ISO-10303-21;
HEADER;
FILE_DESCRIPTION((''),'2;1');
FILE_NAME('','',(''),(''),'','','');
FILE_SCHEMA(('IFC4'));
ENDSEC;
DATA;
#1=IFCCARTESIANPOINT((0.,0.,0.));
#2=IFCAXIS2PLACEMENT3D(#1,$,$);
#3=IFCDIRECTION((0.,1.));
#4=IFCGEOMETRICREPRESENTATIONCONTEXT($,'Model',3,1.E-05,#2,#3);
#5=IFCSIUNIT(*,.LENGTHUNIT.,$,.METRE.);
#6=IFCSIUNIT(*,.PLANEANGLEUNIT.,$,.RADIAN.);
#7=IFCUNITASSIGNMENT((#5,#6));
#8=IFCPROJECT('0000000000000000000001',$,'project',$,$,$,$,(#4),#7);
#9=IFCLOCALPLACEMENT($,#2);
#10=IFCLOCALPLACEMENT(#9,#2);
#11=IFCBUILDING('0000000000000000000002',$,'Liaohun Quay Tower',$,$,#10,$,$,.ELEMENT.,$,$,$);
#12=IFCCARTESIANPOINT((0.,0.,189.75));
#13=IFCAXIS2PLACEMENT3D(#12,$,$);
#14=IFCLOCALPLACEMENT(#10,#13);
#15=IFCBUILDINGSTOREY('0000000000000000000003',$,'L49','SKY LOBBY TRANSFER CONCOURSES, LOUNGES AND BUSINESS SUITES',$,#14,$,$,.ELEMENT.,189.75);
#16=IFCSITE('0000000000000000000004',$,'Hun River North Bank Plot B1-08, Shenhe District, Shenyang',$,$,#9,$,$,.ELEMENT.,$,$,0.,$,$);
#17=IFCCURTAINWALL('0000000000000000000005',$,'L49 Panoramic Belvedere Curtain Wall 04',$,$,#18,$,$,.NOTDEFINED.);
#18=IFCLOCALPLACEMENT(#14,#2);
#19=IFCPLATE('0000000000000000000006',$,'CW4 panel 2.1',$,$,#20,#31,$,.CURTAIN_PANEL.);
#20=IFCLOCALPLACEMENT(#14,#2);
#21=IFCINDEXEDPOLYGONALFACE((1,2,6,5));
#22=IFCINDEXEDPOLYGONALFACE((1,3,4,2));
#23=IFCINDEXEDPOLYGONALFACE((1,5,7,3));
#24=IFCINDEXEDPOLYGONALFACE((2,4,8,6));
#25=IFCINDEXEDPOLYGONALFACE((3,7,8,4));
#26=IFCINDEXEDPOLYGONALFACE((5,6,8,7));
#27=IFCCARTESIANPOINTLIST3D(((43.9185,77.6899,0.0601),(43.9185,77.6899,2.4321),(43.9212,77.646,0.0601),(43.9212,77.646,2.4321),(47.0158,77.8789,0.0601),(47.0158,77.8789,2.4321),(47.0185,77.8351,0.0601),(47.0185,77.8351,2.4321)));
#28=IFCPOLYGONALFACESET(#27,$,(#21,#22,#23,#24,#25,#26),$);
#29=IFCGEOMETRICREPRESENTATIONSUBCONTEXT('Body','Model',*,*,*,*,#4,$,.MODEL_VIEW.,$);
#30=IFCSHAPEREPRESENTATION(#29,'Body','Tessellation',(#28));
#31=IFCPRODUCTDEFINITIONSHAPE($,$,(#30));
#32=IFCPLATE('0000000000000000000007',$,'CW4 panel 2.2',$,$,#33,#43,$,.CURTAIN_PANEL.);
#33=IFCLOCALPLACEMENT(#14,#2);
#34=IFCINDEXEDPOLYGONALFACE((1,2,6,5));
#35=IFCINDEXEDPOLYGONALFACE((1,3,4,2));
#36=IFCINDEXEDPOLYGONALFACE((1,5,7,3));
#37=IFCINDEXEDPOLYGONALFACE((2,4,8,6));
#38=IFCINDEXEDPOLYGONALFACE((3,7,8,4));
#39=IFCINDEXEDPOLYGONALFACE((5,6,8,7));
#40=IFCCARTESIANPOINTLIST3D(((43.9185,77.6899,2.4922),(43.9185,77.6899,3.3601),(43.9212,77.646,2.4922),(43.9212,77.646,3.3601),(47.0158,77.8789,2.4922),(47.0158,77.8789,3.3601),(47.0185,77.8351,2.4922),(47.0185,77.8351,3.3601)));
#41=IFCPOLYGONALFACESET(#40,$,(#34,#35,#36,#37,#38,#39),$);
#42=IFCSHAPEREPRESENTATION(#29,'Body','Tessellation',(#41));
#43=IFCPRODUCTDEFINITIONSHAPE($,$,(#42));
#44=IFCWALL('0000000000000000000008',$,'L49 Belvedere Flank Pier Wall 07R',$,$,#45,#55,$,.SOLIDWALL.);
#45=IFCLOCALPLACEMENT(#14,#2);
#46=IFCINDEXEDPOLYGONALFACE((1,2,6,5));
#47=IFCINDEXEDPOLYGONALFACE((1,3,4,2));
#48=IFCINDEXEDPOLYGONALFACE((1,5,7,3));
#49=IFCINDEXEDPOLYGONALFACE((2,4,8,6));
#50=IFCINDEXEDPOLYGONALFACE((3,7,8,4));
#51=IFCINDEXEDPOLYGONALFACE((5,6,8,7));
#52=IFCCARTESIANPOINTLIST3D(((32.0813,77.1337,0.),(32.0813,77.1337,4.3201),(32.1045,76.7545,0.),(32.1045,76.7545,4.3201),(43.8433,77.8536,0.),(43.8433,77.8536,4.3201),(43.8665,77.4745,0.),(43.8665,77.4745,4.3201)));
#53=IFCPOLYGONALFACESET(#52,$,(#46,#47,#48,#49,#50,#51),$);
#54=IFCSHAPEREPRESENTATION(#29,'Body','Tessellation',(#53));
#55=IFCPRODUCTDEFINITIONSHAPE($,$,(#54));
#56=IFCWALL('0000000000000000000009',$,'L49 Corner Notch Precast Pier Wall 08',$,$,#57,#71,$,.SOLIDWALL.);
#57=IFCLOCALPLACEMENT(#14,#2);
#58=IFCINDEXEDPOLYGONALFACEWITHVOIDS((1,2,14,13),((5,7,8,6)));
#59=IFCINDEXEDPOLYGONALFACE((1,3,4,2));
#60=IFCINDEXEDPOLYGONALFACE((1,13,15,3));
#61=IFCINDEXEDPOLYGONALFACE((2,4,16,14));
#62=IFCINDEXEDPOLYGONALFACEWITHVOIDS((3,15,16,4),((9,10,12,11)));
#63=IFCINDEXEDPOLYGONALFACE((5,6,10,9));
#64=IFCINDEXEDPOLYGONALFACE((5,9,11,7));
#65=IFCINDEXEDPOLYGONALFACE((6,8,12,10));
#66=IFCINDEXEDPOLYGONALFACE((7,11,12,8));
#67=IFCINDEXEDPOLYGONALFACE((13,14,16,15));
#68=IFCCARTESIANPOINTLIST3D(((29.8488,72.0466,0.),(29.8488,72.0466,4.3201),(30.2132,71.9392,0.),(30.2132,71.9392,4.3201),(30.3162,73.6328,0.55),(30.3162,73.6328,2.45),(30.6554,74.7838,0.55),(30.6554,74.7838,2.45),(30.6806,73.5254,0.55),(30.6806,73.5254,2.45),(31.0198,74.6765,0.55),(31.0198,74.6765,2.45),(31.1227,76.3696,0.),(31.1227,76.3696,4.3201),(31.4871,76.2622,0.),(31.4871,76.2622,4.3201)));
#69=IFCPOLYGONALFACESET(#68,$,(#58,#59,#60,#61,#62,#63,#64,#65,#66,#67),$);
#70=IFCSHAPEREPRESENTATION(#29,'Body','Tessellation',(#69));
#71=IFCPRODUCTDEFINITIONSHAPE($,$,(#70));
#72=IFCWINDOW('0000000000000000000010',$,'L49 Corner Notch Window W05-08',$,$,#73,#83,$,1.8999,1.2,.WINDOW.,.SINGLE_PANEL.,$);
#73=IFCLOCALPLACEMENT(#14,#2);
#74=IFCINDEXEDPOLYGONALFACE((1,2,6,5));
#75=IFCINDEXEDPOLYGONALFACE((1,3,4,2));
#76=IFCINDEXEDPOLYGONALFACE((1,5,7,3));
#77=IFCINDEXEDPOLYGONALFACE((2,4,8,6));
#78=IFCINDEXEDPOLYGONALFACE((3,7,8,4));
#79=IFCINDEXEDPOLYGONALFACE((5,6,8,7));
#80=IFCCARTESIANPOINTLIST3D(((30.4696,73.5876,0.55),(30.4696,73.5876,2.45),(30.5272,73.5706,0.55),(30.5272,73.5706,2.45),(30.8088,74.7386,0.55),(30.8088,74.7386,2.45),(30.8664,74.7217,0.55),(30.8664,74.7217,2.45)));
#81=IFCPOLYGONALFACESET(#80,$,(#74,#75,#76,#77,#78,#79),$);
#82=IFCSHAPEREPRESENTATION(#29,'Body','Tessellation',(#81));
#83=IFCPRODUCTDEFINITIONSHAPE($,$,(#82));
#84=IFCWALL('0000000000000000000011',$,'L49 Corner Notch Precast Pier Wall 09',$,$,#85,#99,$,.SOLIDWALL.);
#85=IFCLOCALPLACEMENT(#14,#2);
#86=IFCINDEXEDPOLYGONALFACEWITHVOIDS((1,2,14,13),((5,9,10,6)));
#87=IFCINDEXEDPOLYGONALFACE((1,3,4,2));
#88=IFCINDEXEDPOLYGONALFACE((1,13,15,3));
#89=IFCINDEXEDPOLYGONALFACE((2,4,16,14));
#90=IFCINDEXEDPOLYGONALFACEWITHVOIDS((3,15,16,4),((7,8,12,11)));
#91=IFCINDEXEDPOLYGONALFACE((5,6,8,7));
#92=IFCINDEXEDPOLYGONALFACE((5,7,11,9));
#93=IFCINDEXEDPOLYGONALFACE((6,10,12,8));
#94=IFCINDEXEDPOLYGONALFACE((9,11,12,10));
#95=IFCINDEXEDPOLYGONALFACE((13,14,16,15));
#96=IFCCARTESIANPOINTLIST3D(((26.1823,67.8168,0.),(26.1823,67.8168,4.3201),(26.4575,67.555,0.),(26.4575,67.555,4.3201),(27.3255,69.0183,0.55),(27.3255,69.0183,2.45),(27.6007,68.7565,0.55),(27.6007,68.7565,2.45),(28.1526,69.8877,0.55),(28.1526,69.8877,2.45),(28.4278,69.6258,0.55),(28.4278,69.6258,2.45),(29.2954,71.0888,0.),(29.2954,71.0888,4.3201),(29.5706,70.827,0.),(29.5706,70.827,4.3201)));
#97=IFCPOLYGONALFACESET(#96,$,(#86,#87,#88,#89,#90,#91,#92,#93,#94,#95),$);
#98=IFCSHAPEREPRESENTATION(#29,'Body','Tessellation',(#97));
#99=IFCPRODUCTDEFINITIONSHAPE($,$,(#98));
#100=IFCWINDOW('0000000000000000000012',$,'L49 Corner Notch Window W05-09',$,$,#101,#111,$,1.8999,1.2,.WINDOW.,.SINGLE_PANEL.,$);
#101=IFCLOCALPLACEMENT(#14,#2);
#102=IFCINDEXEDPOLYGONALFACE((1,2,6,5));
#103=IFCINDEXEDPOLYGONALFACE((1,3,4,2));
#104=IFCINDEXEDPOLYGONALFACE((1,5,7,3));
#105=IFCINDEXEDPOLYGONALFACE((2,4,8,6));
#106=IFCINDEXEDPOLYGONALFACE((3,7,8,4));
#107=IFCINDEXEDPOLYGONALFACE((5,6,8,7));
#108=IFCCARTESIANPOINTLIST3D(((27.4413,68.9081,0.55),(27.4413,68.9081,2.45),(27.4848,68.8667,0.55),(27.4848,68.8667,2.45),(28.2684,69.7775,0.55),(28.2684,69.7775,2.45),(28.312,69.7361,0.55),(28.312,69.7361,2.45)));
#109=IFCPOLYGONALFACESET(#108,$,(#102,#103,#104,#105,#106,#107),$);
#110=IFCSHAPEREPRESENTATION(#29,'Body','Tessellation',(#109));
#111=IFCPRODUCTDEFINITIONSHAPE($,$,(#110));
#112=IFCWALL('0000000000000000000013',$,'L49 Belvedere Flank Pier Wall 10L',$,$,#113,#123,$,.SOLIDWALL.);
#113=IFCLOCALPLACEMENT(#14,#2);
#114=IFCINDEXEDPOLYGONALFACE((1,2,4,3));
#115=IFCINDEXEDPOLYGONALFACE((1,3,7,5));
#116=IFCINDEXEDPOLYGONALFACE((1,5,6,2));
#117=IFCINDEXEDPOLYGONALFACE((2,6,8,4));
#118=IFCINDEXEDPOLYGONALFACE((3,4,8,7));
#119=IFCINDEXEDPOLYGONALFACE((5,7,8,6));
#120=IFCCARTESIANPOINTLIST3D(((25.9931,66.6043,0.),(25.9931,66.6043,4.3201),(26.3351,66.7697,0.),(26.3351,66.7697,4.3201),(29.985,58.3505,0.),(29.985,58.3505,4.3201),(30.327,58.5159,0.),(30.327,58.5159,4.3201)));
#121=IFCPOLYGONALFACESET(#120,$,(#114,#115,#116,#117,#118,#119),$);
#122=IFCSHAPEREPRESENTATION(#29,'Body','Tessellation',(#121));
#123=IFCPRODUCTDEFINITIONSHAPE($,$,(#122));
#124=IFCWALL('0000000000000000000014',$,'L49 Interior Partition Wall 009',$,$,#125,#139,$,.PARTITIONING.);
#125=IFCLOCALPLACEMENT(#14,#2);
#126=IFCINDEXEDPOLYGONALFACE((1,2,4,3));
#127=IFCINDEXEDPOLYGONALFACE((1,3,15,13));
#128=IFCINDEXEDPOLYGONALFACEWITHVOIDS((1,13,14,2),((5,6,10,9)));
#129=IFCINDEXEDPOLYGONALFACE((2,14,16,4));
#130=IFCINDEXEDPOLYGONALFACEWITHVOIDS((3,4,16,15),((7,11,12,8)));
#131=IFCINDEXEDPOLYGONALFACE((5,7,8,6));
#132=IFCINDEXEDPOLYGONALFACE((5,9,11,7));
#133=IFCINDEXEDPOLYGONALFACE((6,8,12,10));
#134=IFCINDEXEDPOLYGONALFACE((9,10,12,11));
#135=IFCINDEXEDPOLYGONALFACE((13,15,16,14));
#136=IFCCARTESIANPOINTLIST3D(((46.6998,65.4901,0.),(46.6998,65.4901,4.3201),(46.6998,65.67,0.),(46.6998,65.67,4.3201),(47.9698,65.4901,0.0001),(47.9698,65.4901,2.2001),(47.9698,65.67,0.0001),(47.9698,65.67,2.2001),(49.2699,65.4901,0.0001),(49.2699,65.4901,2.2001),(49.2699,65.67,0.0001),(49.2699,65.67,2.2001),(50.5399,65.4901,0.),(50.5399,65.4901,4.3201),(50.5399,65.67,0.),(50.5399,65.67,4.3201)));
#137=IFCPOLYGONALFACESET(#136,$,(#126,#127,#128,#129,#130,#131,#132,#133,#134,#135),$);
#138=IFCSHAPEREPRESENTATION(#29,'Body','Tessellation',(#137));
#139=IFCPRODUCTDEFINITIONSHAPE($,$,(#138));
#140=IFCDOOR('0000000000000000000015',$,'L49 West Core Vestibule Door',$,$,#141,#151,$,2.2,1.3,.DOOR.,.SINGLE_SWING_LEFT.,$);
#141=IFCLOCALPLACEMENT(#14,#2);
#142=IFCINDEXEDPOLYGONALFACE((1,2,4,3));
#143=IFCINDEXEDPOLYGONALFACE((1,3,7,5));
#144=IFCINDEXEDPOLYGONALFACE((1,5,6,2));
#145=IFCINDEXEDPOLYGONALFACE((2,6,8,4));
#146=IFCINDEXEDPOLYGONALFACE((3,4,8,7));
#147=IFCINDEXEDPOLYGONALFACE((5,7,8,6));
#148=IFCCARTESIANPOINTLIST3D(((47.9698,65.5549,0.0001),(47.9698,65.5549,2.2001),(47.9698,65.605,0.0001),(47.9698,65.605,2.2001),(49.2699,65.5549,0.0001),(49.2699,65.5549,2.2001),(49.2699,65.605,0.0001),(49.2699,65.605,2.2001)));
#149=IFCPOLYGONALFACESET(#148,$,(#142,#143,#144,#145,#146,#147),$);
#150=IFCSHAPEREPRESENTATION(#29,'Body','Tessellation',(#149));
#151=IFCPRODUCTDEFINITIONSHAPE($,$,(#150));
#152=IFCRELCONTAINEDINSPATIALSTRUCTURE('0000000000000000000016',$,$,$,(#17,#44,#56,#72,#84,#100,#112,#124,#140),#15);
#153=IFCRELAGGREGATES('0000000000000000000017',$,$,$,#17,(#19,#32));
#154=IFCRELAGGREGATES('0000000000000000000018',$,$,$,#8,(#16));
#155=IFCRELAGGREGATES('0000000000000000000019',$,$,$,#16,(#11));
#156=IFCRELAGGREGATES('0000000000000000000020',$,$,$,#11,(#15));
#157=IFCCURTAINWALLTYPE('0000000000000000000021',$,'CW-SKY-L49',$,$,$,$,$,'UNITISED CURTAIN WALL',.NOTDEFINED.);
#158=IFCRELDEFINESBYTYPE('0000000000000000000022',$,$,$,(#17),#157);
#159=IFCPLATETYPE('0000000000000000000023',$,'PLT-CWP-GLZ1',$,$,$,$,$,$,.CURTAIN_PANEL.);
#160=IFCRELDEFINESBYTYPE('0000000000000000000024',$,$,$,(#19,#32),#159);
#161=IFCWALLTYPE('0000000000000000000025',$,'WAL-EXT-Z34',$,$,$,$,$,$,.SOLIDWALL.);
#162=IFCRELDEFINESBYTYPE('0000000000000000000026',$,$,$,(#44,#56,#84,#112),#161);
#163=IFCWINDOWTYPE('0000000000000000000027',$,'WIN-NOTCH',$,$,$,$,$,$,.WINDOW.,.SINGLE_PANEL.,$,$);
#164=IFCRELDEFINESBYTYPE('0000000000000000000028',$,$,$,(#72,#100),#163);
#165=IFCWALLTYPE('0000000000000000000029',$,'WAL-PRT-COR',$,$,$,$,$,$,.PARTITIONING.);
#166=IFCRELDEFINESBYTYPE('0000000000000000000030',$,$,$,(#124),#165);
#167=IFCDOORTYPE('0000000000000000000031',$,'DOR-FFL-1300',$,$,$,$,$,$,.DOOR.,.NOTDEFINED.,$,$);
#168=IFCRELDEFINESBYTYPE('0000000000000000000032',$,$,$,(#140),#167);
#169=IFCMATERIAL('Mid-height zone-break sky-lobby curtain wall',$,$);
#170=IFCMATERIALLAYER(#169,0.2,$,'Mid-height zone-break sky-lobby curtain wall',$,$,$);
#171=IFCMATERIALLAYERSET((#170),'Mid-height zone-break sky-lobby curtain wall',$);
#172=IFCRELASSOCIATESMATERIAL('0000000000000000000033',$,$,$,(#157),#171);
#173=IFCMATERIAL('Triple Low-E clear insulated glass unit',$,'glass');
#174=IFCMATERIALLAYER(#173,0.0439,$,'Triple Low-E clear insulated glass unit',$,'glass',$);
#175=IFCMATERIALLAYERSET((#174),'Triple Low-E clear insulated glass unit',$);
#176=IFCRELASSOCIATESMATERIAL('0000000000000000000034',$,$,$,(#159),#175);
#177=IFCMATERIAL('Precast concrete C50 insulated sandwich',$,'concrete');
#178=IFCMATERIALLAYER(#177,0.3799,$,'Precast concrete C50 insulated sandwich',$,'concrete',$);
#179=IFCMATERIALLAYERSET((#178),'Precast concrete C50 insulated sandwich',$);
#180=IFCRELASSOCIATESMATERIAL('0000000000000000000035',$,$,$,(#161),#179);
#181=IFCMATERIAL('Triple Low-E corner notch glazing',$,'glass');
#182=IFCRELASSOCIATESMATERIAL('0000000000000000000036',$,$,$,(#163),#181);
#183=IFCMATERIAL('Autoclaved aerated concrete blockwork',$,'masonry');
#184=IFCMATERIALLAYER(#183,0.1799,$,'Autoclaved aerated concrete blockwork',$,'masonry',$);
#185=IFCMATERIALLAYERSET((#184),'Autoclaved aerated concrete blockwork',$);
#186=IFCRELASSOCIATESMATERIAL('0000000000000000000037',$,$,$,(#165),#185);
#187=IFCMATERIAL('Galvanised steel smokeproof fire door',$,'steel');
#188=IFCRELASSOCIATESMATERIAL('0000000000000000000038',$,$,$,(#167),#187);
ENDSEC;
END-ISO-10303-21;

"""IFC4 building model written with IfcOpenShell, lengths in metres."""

from ifc_helpers import new_model, si_unit, direction, frame, frame_2d, origin, origin_2d, place, context, subcontext, project, spatial, rectangle, extrude, source, transform, mapped, material, layer, layer_set, type_object, element, fill, aggregate, save


model = new_model("IFC4")

# Units and contexts
model_context = context("Model", 3, precision=1e-05, world=origin(), true_north=direction((0.0, 1.0)))
body_context = subcontext(model_context, "Body", "Model", "MODEL_VIEW")
ifc_project = project(units=[si_unit("LENGTHUNIT", "METRE"), si_unit("PLANEANGLEUNIT", "RADIAN")], contexts=[model_context])

# Site, building, storey
site_placement = place(None, origin())
site = spatial("IfcSite", under=ifc_project, at=site_placement, Name="Hun River North Bank Plot B1-08, Shenhe District, Shenyang", CompositionType="ELEMENT", RefElevation=0.0)
building_placement = place(site_placement, origin())
building = spatial("IfcBuilding", under=site, at=building_placement, Name="Liaohun Quay Tower", CompositionType="ELEMENT")
storey_placement = place(building_placement, frame((0.0, 0.0, 189.75)))
storey = spatial("IfcBuildingStorey", under=building, at=storey_placement, Name="L49", Description="SKY LOBBY TRANSFER CONCOURSES, LOUNGES AND BUSINESS SUITES", CompositionType="ELEMENT", Elevation=189.75)

# Curtain wall, plates
ifc_material_1 = material(Name="Mid-height zone-break sky-lobby curtain wall")
ifc_layer_1 = layer(ifc_material_1, 0.2, Name="Mid-height zone-break sky-lobby curtain wall")
ifc_layer_set_1 = layer_set([ifc_layer_1], Name="Mid-height zone-break sky-lobby curtain wall")
curtain_wall_type = type_object("IfcCurtainWallType", Name="CW-SKY-L49", ElementType="UNITISED CURTAIN WALL", PredefinedType="NOTDEFINED", material=ifc_layer_set_1)
curtain_wall_placement = place(storey_placement, origin())
curtain_wall = element("IfcCurtainWall", 1, at=curtain_wall_placement, inside=storey, type_object=curtain_wall_type, Name="L49 Panoramic Belvedere Curtain Wall 04", PredefinedType="NOTDEFINED")
ifc_material_2 = material(Name="Triple Low-E clear insulated glass unit", Category="glass")
ifc_layer_2 = layer(ifc_material_2, 0.0439, Name="Triple Low-E clear insulated glass unit", Category="glass")
ifc_layer_set_2 = layer_set([ifc_layer_2], Name="Triple Low-E clear insulated glass unit")
plate_type = type_object("IfcPlateType", Name="PLT-CWP-GLZ1", PredefinedType="CURTAIN_PANEL", material=ifc_layer_set_2)
shared_shape_1 = source(origin(), body_context, "Body", "SweptSolid", [
    extrude(rectangle(XDim=3.103, YDim=0.0439, at=origin_2d()), origin(), (0.0, 0.0, 1.0), 2.3721),
])
plate_1_placement = place(storey_placement, frame((45.4685, 77.7625, 0.0601), z_axis=(0.0, 0.0, 1.0), x_axis=(-0.998142, -0.060929, 0.0)))
plate_1 = element("IfcPlate", 2, at=plate_1_placement, type_object=plate_type, Name="CW4 panel 2.1", PredefinedType="CURTAIN_PANEL", context=body_context, shape_type="MappedRepresentation", body=[
    mapped(shared_shape_1, transform((0.0, 0.0, 0.0), x_axis=(1.0, 0.0, 0.0), y_axis=(0.0, 1.0, 0.0), z_axis=(0.0, 0.0, 1.0), scale=1.0)),
])
shared_shape_2 = source(origin(), body_context, "Body", "SweptSolid", [
    extrude(rectangle(XDim=3.103, YDim=0.0439, at=origin_2d()), origin(), (0.0, 0.0, 1.0), 0.8679),
])
plate_2_placement = place(storey_placement, frame((45.4685, 77.7625, 2.4922), z_axis=(0.0, 0.0, 1.0), x_axis=(-0.998142, -0.060929, 0.0)))
plate_2 = element("IfcPlate", 3, at=plate_2_placement, type_object=plate_type, Name="CW4 panel 2.2", PredefinedType="CURTAIN_PANEL", context=body_context, shape_type="MappedRepresentation", body=[
    mapped(shared_shape_2, transform((0.0, 0.0, 0.0), x_axis=(1.0, 0.0, 0.0), y_axis=(0.0, 1.0, 0.0), z_axis=(0.0, 0.0, 1.0), scale=1.0)),
])
aggregate(curtain_wall, [plate_1, plate_2])

# Wall
ifc_material_3 = material(Name="Precast concrete C50 insulated sandwich", Category="concrete")
ifc_layer_3 = layer(ifc_material_3, 0.3799, Name="Precast concrete C50 insulated sandwich", Category="concrete")
ifc_layer_set_3 = layer_set([ifc_layer_3], Name="Precast concrete C50 insulated sandwich")
wall_type_1 = type_object("IfcWallType", Name="WAL-EXT-Z34", PredefinedType="SOLIDWALL", material=ifc_layer_set_3)
wall_1_placement = place(storey_placement, frame((43.855, 77.6641, 0.0), z_axis=(0.0, 0.0, 1.0), x_axis=(-0.998132, -0.061097, 0.0)))
element("IfcWall", 4, at=wall_1_placement, inside=storey, type_object=wall_type_1, Name="L49 Belvedere Flank Pier Wall 07R", PredefinedType="SOLIDWALL", context=body_context, shape_type="SweptSolid", body=[
    extrude(rectangle(XDim=11.7839, YDim=0.3799, at=frame_2d((5.8921, 0.0))), origin(), (0.0, 0.0, 1.0), 4.3201),
])

# Walls, openings, windows
wall_2_placement = place(storey_placement, frame((31.3049, 76.3159, 0.0), z_axis=(0.0, 0.0, 1.0), x_axis=(-0.282668, -0.959218, 0.0)))
wall_2 = element("IfcWall", 5, at=wall_2_placement, inside=storey, type_object=wall_type_1, Name="L49 Corner Notch Precast Pier Wall 08", PredefinedType="SOLIDWALL", context=body_context, shape_type="SweptSolid", body=[
    extrude(rectangle(XDim=4.5068, YDim=0.3799, at=frame_2d((2.2534, 0.0))), origin(), (0.0, 0.0, 1.0), 4.3201),
])
shared_shape_3 = source(origin(), body_context, "Body", "SweptSolid", [
    extrude(rectangle(XDim=1.2, YDim=1.8999, at=frame_2d((0.6001, 0.95))), frame((0.0, 0.2, 0.0), z_axis=(0.0, -1.0, 0.0), x_axis=(1.0, 0.0, 0.0)), (0.0, 0.0, 1.0), 0.3999),
])
opening_1_placement = place(wall_2_placement, frame((1.6531, 0.0, 0.55)))
opening_1 = element("IfcOpeningElement", 6, at=opening_1_placement, cuts=wall_2, PredefinedType="OPENING", context=body_context, shape_type="MappedRepresentation", body=[
    mapped(shared_shape_3, transform((0.0, 0.0, 0.0), x_axis=(1.0, 0.0, 0.0), y_axis=(0.0, 1.0, 0.0), z_axis=(0.0, 0.0, 1.0), scale=1.0)),
])
ifc_material_4 = material(Name="Triple Low-E corner notch glazing", Category="glass")
window_type = type_object("IfcWindowType", Name="WIN-NOTCH", PartitioningType="SINGLE_PANEL", PredefinedType="WINDOW", material=ifc_material_4)
shared_shape_4 = source(origin(), body_context, "Body", "SweptSolid", [
    extrude(rectangle(XDim=1.2, YDim=1.8999, at=frame_2d((0.6001, 0.95))), frame((0.0, 0.03, 0.0), z_axis=(0.0, -1.0, 0.0), x_axis=(1.0, 0.0, 0.0)), (0.0, 0.0, 1.0), 0.0601),
])
window_1_placement = place(opening_1_placement, origin())
window_1 = element("IfcWindow", 7, at=window_1_placement, inside=storey, type_object=window_type, Name="L49 Corner Notch Window W05-08", OverallHeight=1.8999, OverallWidth=1.2, PartitioningType="SINGLE_PANEL", PredefinedType="WINDOW", context=body_context, shape_type="MappedRepresentation", body=[
    mapped(shared_shape_4, transform((0.0, 0.0, 0.0), x_axis=(1.0, 0.0, 0.0), y_axis=(0.0, 1.0, 0.0), z_axis=(0.0, 0.0, 1.0), scale=1.0)),
])
fill(opening_1, window_1)
wall_3_placement = place(storey_placement, frame((29.4331, 70.958, 0.0), z_axis=(0.0, 0.0, 1.0), x_axis=(-0.689292, -0.724484, 0.0)))
wall_3 = element("IfcWall", 8, at=wall_3_placement, inside=storey, type_object=wall_type_1, Name="L49 Corner Notch Precast Pier Wall 09", PredefinedType="SOLIDWALL", context=body_context, shape_type="SweptSolid", body=[
    extrude(rectangle(XDim=4.5164, YDim=0.3799, at=frame_2d((2.2583, 0.0))), origin(), (0.0, 0.0, 1.0), 4.3201),
])
opening_2_placement = place(wall_3_placement, frame((1.658, 0.0, 0.55)))
opening_2 = element("IfcOpeningElement", 9, at=opening_2_placement, cuts=wall_3, PredefinedType="OPENING", context=body_context, shape_type="MappedRepresentation", body=[
    mapped(shared_shape_3, transform((0.0, 0.0, 0.0), x_axis=(1.0, 0.0, 0.0), y_axis=(0.0, 1.0, 0.0), z_axis=(0.0, 0.0, 1.0), scale=1.0)),
])
window_2_placement = place(opening_2_placement, origin())
window_2 = element("IfcWindow", 10, at=window_2_placement, inside=storey, type_object=window_type, Name="L49 Corner Notch Window W05-09", OverallHeight=1.8999, OverallWidth=1.2, PartitioningType="SINGLE_PANEL", PredefinedType="WINDOW", context=body_context, shape_type="MappedRepresentation", body=[
    mapped(shared_shape_4, transform((0.0, 0.0, 0.0), x_axis=(1.0, 0.0, 0.0), y_axis=(0.0, 1.0, 0.0), z_axis=(0.0, 0.0, 1.0), scale=1.0)),
])
fill(opening_2, window_2)

# Wall
wall_4_placement = place(storey_placement, frame((26.1641, 66.687, 0.0), z_axis=(0.0, 0.0, 1.0), x_axis=(0.435395, -0.90024, 0.0)))
element("IfcWall", 11, at=wall_4_placement, inside=storey, type_object=wall_type_1, Name="L49 Belvedere Flank Pier Wall 10L", PredefinedType="SOLIDWALL", context=body_context, shape_type="SweptSolid", body=[
    extrude(rectangle(XDim=9.1685, YDim=0.3799, at=frame_2d((4.5842, 0.0))), origin(), (0.0, 0.0, 1.0), 4.3201),
])

# Wall, opening, door
ifc_material_5 = material(Name="Autoclaved aerated concrete blockwork", Category="masonry")
ifc_layer_4 = layer(ifc_material_5, 0.1799, Name="Autoclaved aerated concrete blockwork", Category="masonry")
ifc_layer_set_4 = layer_set([ifc_layer_4], Name="Autoclaved aerated concrete blockwork")
wall_type_2 = type_object("IfcWallType", Name="WAL-PRT-COR", PredefinedType="PARTITIONING", material=ifc_layer_set_4)
wall_5_placement = place(storey_placement, frame((46.7, 65.5801, 0.0), z_axis=(0.0, 0.0, 1.0), x_axis=(1.0, 0.0, 0.0)))
wall_5 = element("IfcWall", 12, at=wall_5_placement, inside=storey, type_object=wall_type_2, Name="L49 Interior Partition Wall 009", PredefinedType="PARTITIONING", context=body_context, shape_type="SweptSolid", body=[
    extrude(rectangle(XDim=3.8401, YDim=0.1799, at=frame_2d((1.9199, 0.0))), origin(), (0.0, 0.0, 1.0), 4.3201),
])
shared_shape_5 = source(origin(), body_context, "Body", "SweptSolid", [
    extrude(rectangle(XDim=1.3, YDim=2.2, at=frame_2d((0.6499, 1.1001))), frame((0.0, 0.0999, 0.0), z_axis=(0.0, -1.0, 0.0), x_axis=(1.0, 0.0, 0.0)), (0.0, 0.0, 1.0), 0.2),
])
opening_3_placement = place(wall_5_placement, frame((1.27, 0.0, 0.0)))
opening_3 = element("IfcOpeningElement", 13, at=opening_3_placement, cuts=wall_5, PredefinedType="OPENING", context=body_context, shape_type="MappedRepresentation", body=[
    mapped(shared_shape_5, transform((0.0, 0.0, 0.0), x_axis=(1.0, 0.0, 0.0), y_axis=(0.0, 1.0, 0.0), z_axis=(0.0, 0.0, 1.0), scale=1.0)),
])
ifc_material_6 = material(Name="Galvanised steel smokeproof fire door", Category="steel")
door_type_1 = type_object("IfcDoorType", Name="DOR-FFL-1300", OperationType="NOTDEFINED", PredefinedType="DOOR", material=ifc_material_6)
shared_shape_6 = source(origin(), body_context, "Body", "SweptSolid", [
    extrude(rectangle(XDim=1.3, YDim=2.2, at=frame_2d((0.6499, 1.1001))), frame((0.0, 0.0249, 0.0), z_axis=(0.0, -1.0, 0.0), x_axis=(1.0, 0.0, 0.0)), (0.0, 0.0, 1.0), 0.05),
])
door_1_placement = place(opening_3_placement, origin())
door_1 = element("IfcDoor", 14, at=door_1_placement, inside=storey, type_object=door_type_1, Name="L49 West Core Vestibule Door", OperationType="SINGLE_SWING_LEFT", OverallHeight=2.2, OverallWidth=1.3, PredefinedType="DOOR", context=body_context, shape_type="MappedRepresentation", body=[
    mapped(shared_shape_6, transform((0.0, 0.0, 0.0), x_axis=(1.0, 0.0, 0.0), y_axis=(0.0, 1.0, 0.0), z_axis=(0.0, 0.0, 1.0), scale=1.0)),
])
fill(opening_3, door_1)

save(model, "model.ifc")
